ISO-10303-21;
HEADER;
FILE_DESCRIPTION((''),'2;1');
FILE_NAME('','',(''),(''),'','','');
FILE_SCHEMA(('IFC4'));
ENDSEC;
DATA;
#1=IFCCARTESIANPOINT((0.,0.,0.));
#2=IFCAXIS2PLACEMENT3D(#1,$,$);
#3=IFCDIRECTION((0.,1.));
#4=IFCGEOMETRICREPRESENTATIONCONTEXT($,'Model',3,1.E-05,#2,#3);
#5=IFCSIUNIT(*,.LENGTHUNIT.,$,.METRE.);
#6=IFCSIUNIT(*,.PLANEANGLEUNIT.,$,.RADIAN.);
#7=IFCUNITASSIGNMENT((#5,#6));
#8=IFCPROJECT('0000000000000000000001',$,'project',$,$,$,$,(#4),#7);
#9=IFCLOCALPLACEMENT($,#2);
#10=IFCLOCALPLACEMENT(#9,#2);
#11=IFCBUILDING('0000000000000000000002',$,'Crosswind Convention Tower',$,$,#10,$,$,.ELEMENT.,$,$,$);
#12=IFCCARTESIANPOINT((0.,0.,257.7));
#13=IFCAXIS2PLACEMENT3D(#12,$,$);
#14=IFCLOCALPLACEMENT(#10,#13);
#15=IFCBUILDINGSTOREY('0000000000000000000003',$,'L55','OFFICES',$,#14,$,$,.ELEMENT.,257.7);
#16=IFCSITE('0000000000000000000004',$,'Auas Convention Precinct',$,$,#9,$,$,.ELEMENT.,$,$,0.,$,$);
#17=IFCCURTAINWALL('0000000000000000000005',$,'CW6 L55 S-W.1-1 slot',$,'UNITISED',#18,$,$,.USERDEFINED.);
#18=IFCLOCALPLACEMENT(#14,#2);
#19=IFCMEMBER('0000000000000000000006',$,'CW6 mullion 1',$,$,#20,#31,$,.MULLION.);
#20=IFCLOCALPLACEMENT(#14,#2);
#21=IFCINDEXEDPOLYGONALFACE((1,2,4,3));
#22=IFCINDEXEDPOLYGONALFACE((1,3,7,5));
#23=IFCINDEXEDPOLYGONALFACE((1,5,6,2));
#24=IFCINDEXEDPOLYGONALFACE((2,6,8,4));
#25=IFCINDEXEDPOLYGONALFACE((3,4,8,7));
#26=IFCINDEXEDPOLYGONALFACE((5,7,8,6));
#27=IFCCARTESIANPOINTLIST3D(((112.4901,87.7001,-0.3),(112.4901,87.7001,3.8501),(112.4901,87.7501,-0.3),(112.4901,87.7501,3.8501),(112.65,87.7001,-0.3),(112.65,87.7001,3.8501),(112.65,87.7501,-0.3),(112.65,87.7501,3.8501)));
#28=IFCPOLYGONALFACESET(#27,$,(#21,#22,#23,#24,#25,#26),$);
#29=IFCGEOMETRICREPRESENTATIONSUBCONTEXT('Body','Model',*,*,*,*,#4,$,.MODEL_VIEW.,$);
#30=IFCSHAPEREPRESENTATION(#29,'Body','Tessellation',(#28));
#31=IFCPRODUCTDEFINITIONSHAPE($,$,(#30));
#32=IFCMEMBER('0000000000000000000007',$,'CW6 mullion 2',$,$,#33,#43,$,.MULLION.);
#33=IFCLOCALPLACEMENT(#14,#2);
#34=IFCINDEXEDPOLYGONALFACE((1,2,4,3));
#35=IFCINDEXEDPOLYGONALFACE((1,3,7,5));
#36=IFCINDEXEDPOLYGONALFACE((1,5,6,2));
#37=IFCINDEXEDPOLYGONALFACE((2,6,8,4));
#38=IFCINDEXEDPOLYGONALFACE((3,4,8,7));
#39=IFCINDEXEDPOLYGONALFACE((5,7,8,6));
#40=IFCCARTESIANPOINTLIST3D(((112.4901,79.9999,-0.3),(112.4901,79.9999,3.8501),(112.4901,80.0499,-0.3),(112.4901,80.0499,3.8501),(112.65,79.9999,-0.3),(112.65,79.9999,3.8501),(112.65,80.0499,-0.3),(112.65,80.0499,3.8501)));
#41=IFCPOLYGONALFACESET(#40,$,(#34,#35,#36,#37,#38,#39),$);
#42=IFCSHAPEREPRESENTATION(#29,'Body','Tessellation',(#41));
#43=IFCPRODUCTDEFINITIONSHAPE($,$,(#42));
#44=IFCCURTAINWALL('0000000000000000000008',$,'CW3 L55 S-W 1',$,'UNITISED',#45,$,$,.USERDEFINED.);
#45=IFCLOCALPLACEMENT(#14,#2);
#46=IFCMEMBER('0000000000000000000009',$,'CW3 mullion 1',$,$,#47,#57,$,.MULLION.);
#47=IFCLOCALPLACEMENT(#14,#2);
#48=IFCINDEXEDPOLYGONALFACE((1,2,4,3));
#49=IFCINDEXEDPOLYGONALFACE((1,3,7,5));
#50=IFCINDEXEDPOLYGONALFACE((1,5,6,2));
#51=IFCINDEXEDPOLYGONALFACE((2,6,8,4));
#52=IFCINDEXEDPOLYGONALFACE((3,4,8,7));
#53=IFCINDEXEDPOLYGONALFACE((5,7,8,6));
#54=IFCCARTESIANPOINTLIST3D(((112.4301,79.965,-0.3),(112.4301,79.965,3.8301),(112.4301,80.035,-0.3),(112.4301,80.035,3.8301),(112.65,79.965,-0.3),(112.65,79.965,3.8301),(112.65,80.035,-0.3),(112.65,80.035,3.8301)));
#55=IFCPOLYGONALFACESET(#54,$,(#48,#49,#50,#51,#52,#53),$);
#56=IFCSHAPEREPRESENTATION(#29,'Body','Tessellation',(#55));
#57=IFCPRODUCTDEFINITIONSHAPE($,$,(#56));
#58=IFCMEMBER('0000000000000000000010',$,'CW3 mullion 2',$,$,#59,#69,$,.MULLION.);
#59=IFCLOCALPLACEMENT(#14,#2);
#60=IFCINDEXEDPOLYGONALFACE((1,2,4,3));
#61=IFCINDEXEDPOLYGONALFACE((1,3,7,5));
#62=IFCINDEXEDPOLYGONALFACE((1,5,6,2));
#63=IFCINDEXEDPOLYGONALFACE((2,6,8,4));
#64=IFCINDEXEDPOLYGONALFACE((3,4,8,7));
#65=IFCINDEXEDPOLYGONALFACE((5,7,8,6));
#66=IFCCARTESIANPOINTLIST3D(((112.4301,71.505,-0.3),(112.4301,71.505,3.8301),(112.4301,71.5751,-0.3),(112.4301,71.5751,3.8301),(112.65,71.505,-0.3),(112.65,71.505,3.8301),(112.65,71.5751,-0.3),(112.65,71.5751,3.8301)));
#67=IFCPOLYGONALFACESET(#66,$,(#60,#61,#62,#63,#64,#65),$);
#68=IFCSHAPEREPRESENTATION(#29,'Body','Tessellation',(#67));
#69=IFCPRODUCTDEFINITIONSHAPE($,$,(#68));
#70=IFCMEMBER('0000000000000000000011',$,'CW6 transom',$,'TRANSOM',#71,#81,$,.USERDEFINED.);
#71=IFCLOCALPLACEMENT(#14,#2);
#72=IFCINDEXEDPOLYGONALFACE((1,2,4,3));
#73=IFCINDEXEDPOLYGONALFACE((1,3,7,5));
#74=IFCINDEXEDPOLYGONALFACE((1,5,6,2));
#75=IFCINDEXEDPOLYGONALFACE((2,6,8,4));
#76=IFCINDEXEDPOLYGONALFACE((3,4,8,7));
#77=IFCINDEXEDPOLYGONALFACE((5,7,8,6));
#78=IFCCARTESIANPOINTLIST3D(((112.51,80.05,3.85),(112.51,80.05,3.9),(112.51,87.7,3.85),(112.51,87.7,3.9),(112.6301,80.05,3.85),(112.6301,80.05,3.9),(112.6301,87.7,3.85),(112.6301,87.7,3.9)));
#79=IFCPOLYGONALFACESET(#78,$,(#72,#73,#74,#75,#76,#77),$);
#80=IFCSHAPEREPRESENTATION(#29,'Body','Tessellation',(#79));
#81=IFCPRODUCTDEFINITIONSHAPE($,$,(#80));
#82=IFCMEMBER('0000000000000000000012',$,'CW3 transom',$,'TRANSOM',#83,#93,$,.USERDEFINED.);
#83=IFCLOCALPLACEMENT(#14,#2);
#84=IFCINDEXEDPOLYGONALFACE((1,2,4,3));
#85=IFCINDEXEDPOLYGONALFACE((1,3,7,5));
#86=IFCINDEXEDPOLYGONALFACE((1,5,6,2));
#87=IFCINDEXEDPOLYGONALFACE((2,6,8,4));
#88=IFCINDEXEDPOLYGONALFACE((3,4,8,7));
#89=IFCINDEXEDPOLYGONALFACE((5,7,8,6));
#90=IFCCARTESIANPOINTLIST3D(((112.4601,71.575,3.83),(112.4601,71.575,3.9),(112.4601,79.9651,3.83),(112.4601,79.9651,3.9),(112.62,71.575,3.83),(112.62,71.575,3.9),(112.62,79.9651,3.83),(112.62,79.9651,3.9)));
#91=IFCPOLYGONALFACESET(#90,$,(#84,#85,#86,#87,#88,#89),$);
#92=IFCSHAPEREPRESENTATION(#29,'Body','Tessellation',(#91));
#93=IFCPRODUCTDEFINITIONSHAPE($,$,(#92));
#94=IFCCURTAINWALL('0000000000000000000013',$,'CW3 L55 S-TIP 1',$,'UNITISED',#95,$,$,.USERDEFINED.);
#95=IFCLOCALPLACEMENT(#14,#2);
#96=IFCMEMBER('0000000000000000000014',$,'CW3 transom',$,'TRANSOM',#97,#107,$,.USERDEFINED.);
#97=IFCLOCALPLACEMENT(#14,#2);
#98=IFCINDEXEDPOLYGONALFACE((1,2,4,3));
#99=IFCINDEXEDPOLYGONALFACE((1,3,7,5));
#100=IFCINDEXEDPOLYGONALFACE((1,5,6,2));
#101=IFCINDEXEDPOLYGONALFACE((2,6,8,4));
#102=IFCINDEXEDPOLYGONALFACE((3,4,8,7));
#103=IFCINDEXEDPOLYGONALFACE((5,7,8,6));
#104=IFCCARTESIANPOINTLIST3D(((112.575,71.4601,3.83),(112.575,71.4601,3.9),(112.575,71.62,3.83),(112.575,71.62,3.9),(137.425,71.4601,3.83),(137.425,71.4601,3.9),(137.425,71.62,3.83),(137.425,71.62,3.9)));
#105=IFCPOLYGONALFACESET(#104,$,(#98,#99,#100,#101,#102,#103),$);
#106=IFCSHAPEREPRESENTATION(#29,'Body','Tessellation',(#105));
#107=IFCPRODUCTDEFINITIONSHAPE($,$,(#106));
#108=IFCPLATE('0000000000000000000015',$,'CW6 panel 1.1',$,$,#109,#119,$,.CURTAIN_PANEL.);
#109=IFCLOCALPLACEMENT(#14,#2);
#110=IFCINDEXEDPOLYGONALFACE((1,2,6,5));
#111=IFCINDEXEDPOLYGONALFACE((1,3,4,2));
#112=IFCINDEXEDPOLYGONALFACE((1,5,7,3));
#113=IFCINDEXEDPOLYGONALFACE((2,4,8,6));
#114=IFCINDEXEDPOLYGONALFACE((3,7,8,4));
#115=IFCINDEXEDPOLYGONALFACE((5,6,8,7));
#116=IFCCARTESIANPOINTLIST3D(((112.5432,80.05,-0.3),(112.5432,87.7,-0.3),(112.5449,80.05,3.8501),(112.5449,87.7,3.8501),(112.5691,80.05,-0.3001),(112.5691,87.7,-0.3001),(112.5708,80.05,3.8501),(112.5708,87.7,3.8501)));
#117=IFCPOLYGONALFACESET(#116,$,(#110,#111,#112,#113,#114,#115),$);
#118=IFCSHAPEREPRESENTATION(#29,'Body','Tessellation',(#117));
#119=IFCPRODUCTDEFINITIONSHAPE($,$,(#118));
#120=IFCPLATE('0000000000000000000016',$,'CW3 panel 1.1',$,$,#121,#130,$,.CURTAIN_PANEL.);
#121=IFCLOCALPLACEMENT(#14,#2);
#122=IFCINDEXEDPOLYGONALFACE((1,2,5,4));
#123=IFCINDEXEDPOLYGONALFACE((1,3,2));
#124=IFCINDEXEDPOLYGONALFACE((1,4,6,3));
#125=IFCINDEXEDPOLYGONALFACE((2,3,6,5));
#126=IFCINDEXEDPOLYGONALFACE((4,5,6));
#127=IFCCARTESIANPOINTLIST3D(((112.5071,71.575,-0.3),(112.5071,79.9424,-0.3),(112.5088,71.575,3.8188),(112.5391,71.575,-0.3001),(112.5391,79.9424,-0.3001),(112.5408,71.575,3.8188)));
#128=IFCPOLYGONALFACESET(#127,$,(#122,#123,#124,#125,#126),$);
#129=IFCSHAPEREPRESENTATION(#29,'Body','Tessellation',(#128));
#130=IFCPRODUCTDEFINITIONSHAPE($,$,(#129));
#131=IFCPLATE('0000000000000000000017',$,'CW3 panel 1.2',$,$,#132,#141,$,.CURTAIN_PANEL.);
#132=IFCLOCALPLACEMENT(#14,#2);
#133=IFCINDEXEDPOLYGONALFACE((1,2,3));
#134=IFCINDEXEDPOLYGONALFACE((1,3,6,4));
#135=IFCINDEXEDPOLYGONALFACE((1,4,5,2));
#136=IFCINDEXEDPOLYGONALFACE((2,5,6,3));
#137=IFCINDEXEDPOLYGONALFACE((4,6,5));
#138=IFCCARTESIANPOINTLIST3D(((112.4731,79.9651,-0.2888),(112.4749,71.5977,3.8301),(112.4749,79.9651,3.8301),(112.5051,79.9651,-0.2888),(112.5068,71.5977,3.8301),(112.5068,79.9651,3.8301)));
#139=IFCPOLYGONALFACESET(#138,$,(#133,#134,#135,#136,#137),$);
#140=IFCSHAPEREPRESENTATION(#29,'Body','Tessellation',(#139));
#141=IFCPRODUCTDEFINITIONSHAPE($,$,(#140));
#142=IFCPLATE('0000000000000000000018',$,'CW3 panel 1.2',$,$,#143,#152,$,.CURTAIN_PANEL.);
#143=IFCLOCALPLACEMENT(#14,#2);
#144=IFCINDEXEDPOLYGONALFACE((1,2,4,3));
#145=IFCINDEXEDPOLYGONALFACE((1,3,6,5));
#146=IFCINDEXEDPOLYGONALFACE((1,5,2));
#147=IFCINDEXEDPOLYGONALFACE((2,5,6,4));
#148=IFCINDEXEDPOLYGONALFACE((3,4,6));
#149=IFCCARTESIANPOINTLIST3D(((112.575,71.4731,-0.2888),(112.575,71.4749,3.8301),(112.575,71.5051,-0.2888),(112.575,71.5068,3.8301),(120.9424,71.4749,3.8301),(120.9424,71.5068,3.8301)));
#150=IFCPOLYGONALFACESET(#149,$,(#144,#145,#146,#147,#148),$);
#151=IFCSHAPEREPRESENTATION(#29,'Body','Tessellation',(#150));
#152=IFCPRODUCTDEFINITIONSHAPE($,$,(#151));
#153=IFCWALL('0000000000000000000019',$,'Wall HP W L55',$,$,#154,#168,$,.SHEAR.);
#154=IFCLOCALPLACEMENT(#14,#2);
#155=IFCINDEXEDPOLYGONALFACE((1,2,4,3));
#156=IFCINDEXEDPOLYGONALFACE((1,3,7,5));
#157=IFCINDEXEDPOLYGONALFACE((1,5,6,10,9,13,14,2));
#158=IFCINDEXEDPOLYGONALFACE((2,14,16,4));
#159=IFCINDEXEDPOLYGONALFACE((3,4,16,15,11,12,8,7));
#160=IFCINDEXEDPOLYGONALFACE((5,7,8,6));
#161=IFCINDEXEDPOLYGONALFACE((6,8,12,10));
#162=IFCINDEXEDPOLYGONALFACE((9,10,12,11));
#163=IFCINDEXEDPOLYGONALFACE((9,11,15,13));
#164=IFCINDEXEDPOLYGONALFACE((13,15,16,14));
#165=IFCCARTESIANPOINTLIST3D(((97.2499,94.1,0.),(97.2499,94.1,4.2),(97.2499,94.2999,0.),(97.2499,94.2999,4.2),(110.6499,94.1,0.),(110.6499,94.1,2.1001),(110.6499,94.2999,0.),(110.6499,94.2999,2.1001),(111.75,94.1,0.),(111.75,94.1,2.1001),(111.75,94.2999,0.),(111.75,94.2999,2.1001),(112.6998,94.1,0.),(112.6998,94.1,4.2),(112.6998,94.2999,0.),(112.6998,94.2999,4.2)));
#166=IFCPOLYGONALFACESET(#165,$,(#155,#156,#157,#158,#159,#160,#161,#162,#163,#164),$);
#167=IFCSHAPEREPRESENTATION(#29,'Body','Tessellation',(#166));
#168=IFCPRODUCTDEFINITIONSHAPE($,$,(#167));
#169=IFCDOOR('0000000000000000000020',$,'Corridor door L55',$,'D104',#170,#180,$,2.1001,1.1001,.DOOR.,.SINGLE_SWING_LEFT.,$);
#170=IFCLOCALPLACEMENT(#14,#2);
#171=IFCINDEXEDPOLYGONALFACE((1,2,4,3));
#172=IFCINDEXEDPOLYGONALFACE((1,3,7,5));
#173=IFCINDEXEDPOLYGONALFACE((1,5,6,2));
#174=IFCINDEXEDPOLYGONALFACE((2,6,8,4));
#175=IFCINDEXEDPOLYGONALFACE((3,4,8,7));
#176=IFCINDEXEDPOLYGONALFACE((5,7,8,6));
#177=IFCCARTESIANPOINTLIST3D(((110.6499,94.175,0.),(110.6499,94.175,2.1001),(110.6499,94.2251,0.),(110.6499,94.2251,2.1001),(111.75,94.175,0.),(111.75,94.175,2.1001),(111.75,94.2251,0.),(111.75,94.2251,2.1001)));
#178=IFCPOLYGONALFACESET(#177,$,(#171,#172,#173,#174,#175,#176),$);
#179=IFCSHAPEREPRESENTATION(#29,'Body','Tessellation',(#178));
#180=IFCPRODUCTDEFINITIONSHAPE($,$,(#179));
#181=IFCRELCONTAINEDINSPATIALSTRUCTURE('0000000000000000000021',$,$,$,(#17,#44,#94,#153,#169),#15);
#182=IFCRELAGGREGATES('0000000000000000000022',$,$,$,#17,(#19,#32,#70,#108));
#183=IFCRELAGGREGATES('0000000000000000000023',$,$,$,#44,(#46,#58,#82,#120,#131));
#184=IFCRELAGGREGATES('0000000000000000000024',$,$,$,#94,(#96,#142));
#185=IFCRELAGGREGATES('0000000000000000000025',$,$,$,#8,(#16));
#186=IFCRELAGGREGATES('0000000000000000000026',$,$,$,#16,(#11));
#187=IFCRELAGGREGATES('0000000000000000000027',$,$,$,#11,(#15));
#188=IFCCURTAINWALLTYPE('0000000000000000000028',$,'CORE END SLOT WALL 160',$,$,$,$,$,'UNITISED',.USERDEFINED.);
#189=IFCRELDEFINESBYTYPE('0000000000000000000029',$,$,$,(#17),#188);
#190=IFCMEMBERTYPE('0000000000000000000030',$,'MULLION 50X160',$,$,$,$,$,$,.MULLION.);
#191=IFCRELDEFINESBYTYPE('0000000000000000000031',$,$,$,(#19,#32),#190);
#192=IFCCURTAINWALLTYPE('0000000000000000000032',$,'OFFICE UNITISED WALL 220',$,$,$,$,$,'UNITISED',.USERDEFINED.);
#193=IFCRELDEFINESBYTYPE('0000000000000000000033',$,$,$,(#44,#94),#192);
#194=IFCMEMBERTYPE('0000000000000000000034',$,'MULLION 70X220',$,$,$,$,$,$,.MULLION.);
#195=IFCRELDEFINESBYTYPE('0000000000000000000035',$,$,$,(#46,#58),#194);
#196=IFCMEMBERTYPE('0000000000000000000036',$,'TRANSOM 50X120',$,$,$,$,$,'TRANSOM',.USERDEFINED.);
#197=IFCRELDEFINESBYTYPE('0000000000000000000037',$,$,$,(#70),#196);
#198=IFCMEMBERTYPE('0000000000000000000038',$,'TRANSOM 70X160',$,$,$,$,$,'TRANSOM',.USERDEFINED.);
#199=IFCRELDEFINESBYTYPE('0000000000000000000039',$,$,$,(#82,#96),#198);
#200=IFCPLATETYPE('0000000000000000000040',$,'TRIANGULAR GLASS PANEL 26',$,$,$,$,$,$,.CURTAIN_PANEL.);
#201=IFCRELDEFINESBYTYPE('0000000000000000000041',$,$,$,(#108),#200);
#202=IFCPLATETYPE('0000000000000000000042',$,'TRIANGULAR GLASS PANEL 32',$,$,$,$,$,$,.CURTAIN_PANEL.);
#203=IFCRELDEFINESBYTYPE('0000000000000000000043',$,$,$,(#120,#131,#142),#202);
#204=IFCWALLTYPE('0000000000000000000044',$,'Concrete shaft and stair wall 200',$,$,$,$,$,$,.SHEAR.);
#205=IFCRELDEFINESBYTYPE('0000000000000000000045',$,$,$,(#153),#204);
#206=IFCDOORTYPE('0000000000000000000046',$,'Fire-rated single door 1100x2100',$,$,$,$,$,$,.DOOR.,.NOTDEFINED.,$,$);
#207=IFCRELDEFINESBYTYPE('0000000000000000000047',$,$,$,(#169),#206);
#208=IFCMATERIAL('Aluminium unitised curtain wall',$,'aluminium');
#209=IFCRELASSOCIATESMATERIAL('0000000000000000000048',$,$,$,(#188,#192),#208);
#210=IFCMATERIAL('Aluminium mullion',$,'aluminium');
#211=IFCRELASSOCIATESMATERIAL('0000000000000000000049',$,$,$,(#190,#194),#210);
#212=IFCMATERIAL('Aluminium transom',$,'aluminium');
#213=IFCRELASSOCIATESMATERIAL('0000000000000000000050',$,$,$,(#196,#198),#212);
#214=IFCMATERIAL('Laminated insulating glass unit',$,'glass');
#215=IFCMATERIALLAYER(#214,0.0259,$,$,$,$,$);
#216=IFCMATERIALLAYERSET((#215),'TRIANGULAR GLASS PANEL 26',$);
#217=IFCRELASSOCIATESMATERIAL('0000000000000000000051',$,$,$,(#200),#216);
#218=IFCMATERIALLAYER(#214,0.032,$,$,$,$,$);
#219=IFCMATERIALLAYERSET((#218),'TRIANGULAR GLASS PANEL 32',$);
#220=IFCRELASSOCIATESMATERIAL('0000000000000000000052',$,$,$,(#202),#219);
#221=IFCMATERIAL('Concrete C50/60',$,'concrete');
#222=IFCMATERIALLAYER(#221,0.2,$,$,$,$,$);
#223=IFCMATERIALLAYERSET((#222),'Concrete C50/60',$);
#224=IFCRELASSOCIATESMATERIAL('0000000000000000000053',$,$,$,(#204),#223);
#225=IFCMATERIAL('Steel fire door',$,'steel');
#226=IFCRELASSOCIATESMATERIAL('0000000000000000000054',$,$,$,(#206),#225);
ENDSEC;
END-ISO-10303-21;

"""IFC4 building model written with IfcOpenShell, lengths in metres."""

from ifc_helpers import new_model, si_unit, direction, frame, frame_2d, origin, origin_2d, place, context, subcontext, project, spatial, polyline, rectangle, outline, extrude, material, layer, layer_set, material_profile, profile_set, type_object, element, fill, aggregate, save


model = new_model("IFC4")

# Units and contexts
model_context = context("Model", 3, precision=1e-05, world=origin(), true_north=direction((0.0, 1.0)))
body_context = subcontext(model_context, "Body", "Model", "MODEL_VIEW")
ifc_project = project(units=[si_unit("LENGTHUNIT", "METRE"), si_unit("PLANEANGLEUNIT", "RADIAN")], contexts=[model_context])

# Site, building, storey
site_placement = place(None, origin())
site = spatial("IfcSite", under=ifc_project, at=site_placement, Name="Auas Convention Precinct", CompositionType="ELEMENT", RefElevation=0.0)
building_placement = place(site_placement, origin())
building = spatial("IfcBuilding", under=site, at=building_placement, Name="Crosswind Convention Tower", CompositionType="ELEMENT")
storey_placement = place(building_placement, frame((0.0, 0.0, 257.7)))
storey = spatial("IfcBuildingStorey", under=building, at=storey_placement, Name="L55", Description="OFFICES", CompositionType="ELEMENT", Elevation=257.7)

# Curtain walls, members
ifc_material_1 = material(Name="Aluminium unitised curtain wall", Category="aluminium")
curtain_wall_type_1 = type_object("IfcCurtainWallType", Name="CORE END SLOT WALL 160", ElementType="UNITISED", PredefinedType="USERDEFINED", material=ifc_material_1)
curtain_wall_1_placement = place(storey_placement, origin())
curtain_wall_1 = element("IfcCurtainWall", 1, at=curtain_wall_1_placement, inside=storey, type_object=curtain_wall_type_1, Name="CW6 L55 S-W.1-1 slot", ObjectType="UNITISED", PredefinedType="USERDEFINED")
ifc_material_2 = material(Name="Aluminium mullion", Category="aluminium")
ifc_material_profile_1 = material_profile(ifc_material_2, rectangle(XDim=0.1599, YDim=0.05, at=origin_2d()), Name="AL 160X50")
ifc_profile_set_1 = profile_set([ifc_material_profile_1], Name="Aluminium mullion")
member_type_1 = type_object("IfcMemberType", Name="MULLION 50X160", PredefinedType="MULLION", material=ifc_profile_set_1)
member_1_placement = place(storey_placement, frame((112.5701, 87.7251, -0.3), z_axis=(0.0, 0.0, 1.0), x_axis=(-1.0, 0.0, 0.0)))
member_1 = element("IfcMember", 2, at=member_1_placement, type_object=member_type_1, Name="CW6 mullion 1", PredefinedType="MULLION", context=body_context, shape_type="SweptSolid", body=[
    extrude(rectangle(XDim=0.1599, YDim=0.05, at=origin_2d()), origin(), (0.0, 0.0, 1.0), 4.1501),
])
member_2_placement = place(storey_placement, frame((112.5701, 80.0249, -0.3), z_axis=(0.0, 0.0, 1.0), x_axis=(-1.0, 0.0, 0.0)))
member_2 = element("IfcMember", 3, at=member_2_placement, type_object=member_type_1, Name="CW6 mullion 2", PredefinedType="MULLION", context=body_context, shape_type="SweptSolid", body=[
    extrude(rectangle(XDim=0.1599, YDim=0.05, at=origin_2d()), origin(), (0.0, 0.0, 1.0), 4.1501),
])
curtain_wall_type_2 = type_object("IfcCurtainWallType", Name="OFFICE UNITISED WALL 220", ElementType="UNITISED", PredefinedType="USERDEFINED", material=ifc_material_1)
curtain_wall_2_placement = place(storey_placement, origin())
curtain_wall_2 = element("IfcCurtainWall", 4, at=curtain_wall_2_placement, inside=storey, type_object=curtain_wall_type_2, Name="CW3 L55 S-W 1", ObjectType="UNITISED", PredefinedType="USERDEFINED")
ifc_material_profile_2 = material_profile(ifc_material_2, rectangle(XDim=0.22, YDim=0.0701, at=origin_2d()), Name="AL 220X70")
ifc_profile_set_2 = profile_set([ifc_material_profile_2], Name="Aluminium mullion")
member_type_2 = type_object("IfcMemberType", Name="MULLION 70X220", PredefinedType="MULLION", material=ifc_profile_set_2)
member_3_placement = place(storey_placement, frame((112.54, 80.0, -0.3), z_axis=(0.0, 0.0, 1.0), x_axis=(-1.0, 0.0, 0.0)))
member_3 = element("IfcMember", 5, at=member_3_placement, type_object=member_type_2, Name="CW3 mullion 1", PredefinedType="MULLION", context=body_context, shape_type="SweptSolid", body=[
    extrude(rectangle(XDim=0.22, YDim=0.0701, at=origin_2d()), origin(), (0.0, 0.0, 1.0), 4.1301),
])
member_4_placement = place(storey_placement, frame((112.54, 71.54, -0.3), z_axis=(0.0, 0.0, 1.0), x_axis=(-1.0, 0.0, 0.0)))
member_4 = element("IfcMember", 6, at=member_4_placement, type_object=member_type_2, Name="CW3 mullion 2", PredefinedType="MULLION", context=body_context, shape_type="SweptSolid", body=[
    extrude(rectangle(XDim=0.22, YDim=0.0701, at=origin_2d()), origin(), (0.0, 0.0, 1.0), 4.1301),
])

# Members
ifc_material_3 = material(Name="Aluminium transom", Category="aluminium")
ifc_material_profile_3 = material_profile(ifc_material_3, rectangle(XDim=0.1201, YDim=0.05, at=origin_2d()), Name="AL 120X50")
ifc_profile_set_3 = profile_set([ifc_material_profile_3], Name="Aluminium transom")
member_type_3 = type_object("IfcMemberType", Name="TRANSOM 50X120", ElementType="TRANSOM", PredefinedType="USERDEFINED", material=ifc_profile_set_3)
member_5_placement = place(storey_placement, frame((112.5701, 87.7, 3.875), z_axis=(0.0, -1.0, 0.0), x_axis=(1.0, 0.0, 0.0)))
member_5 = element("IfcMember", 7, at=member_5_placement, type_object=member_type_3, Name="CW6 transom", ObjectType="TRANSOM", PredefinedType="USERDEFINED", context=body_context, shape_type="SweptSolid", body=[
    extrude(rectangle(XDim=0.1201, YDim=0.05, at=origin_2d()), origin(), (0.0, 0.0, 1.0), 7.6499),
])
ifc_material_profile_4 = material_profile(ifc_material_3, rectangle(XDim=0.1599, YDim=0.0701, at=origin_2d()), Name="AL 160X70")
ifc_profile_set_4 = profile_set([ifc_material_profile_4], Name="Aluminium transom")
member_type_4 = type_object("IfcMemberType", Name="TRANSOM 70X160", ElementType="TRANSOM", PredefinedType="USERDEFINED", material=ifc_profile_set_4)
member_6_placement = place(storey_placement, frame((112.54, 79.9651, 3.865), z_axis=(0.0, -1.0, 0.0), x_axis=(1.0, 0.0, 0.0)))
member_6 = element("IfcMember", 8, at=member_6_placement, type_object=member_type_4, Name="CW3 transom", ObjectType="TRANSOM", PredefinedType="USERDEFINED", context=body_context, shape_type="SweptSolid", body=[
    extrude(rectangle(XDim=0.1599, YDim=0.0701, at=origin_2d()), origin(), (0.0, 0.0, 1.0), 8.3901),
])

# Curtain wall, member
curtain_wall_3_placement = place(storey_placement, origin())
curtain_wall_3 = element("IfcCurtainWall", 9, at=curtain_wall_3_placement, inside=storey, type_object=curtain_wall_type_2, Name="CW3 L55 S-TIP 1", ObjectType="UNITISED", PredefinedType="USERDEFINED")
member_7_placement = place(storey_placement, frame((112.575, 71.54, 3.865), z_axis=(1.0, 0.0, 0.0), x_axis=(0.0, 1.0, 0.0)))
member_7 = element("IfcMember", 10, at=member_7_placement, type_object=member_type_4, Name="CW3 transom", ObjectType="TRANSOM", PredefinedType="USERDEFINED", context=body_context, shape_type="SweptSolid", body=[
    extrude(rectangle(XDim=0.1599, YDim=0.0701, at=origin_2d()), origin(), (0.0, 0.0, 1.0), 24.8501),
])

# Plates
ifc_material_4 = material(Name="Laminated insulating glass unit", Category="glass")
ifc_layer_1 = layer(ifc_material_4, 0.0259)
ifc_layer_set_1 = layer_set([ifc_layer_1], Name="TRIANGULAR GLASS PANEL 26")
plate_type_1 = type_object("IfcPlateType", Name="TRIANGULAR GLASS PANEL 26", PredefinedType="CURTAIN_PANEL", material=ifc_layer_set_1)
plate_1_placement = place(storey_placement, frame((112.5432, 87.7, -0.3), z_axis=(-1.0, 0.0, 0.000412), x_axis=(0.0, -1.0, 0.0)))
plate_1 = element("IfcPlate", 11, at=plate_1_placement, type_object=plate_type_1, Name="CW6 panel 1.1", PredefinedType="CURTAIN_PANEL", context=body_context, shape_type="SweptSolid", body=[
    extrude(outline(polyline([(0.0, 0.0), (7.6499, 0.0), (7.6499, 4.1501), (0.0, 4.1501), (0.0, 0.0)])), origin(), (0.0, 0.0, -1.0), 0.0259),
])
aggregate(curtain_wall_1, [member_1, member_2, member_5, plate_1])
ifc_layer_2 = layer(ifc_material_4, 0.032)
ifc_layer_set_2 = layer_set([ifc_layer_2], Name="TRIANGULAR GLASS PANEL 32")
plate_type_2 = type_object("IfcPlateType", Name="TRIANGULAR GLASS PANEL 32", PredefinedType="CURTAIN_PANEL", material=ifc_layer_set_2)
plate_2_placement = place(storey_placement, frame((112.5071, 71.575, -0.3), z_axis=(-1.0, 0.0, 0.000415), x_axis=(0.000415, 0.0, 1.0)))
plate_2 = element("IfcPlate", 12, at=plate_2_placement, type_object=plate_type_2, Name="CW3 panel 1.1", PredefinedType="CURTAIN_PANEL", context=body_context, shape_type="SweptSolid", body=[
    extrude(outline(polyline([(0.0, 0.0), (4.1189, 0.0), (0.0, 8.3674), (0.0, 0.0)])), origin(), (0.0, 0.0, -1.0), 0.032),
])
plate_3_placement = place(storey_placement, frame((112.4749, 79.9651, 3.8301), z_axis=(-1.0, 0.0, 0.000415), x_axis=(-0.000415, 0.0, -1.0)))
plate_3 = element("IfcPlate", 13, at=plate_3_placement, type_object=plate_type_2, Name="CW3 panel 1.2", PredefinedType="CURTAIN_PANEL", context=body_context, shape_type="SweptSolid", body=[
    extrude(outline(polyline([(0.0, 0.0), (4.1189, 0.0), (0.0, 8.3674), (0.0, 0.0)])), origin(), (0.0, 0.0, -1.0), 0.032),
])
plate_4_placement = place(storey_placement, frame((112.575, 71.4749, 3.8301), z_axis=(0.0, -1.0, 0.000415), x_axis=(0.0, -0.000415, -1.0)))
plate_4 = element("IfcPlate", 14, at=plate_4_placement, type_object=plate_type_2, Name="CW3 panel 1.2", PredefinedType="CURTAIN_PANEL", context=body_context, shape_type="SweptSolid", body=[
    extrude(outline(polyline([(0.0, 0.0), (4.1189, 0.0), (0.0, 8.3674), (0.0, 0.0)])), origin(), (0.0, 0.0, -1.0), 0.032),
])

# Wall, opening, door
ifc_material_5 = material(Name="Concrete C50/60", Category="concrete")
ifc_layer_3 = layer(ifc_material_5, 0.2)
ifc_layer_set_3 = layer_set([ifc_layer_3], Name="Concrete C50/60")
wall_type = type_object("IfcWallType", Name="Concrete shaft and stair wall 200", PredefinedType="SHEAR", material=ifc_layer_set_3)
wall_1_placement = place(storey_placement, frame((112.7, 94.2, 0.0), z_axis=(0.0, 0.0, 1.0), x_axis=(-1.0, 0.0, 0.0)))
wall_1 = element("IfcWall", 15, at=wall_1_placement, inside=storey, type_object=wall_type, Name="Wall HP W L55", PredefinedType="SHEAR", context=body_context, shape_type="SweptSolid", body=[
    extrude(rectangle(XDim=15.45, YDim=0.2, at=frame_2d((7.7251, 0.0))), origin(), (0.0, 0.0, 1.0), 4.2),
])
opening_1_placement = place(wall_1_placement, frame((0.95, 0.0, 0.0)))
opening_1 = element("IfcOpeningElement", 16, at=opening_1_placement, cuts=wall_1, PredefinedType="OPENING", context=body_context, shape_type="SweptSolid", body=[
    extrude(rectangle(XDim=1.1001, YDim=2.1001, at=frame_2d((0.55, 1.05))), frame((0.0, 0.1099, 0.0), z_axis=(0.0, -1.0, 0.0), x_axis=(1.0, 0.0, 0.0)), (0.0, 0.0, 1.0), 0.22),
])
ifc_material_6 = material(Name="Steel fire door", Category="steel")
door_type_1 = type_object("IfcDoorType", Name="Fire-rated single door 1100x2100", OperationType="NOTDEFINED", PredefinedType="DOOR", material=ifc_material_6)
door_1_placement = place(opening_1_placement, origin())
door_1 = element("IfcDoor", 17, at=door_1_placement, inside=storey, type_object=door_type_1, Name="Corridor door L55", ObjectType="D104", OperationType="SINGLE_SWING_LEFT", OverallHeight=2.1001, OverallWidth=1.1001, PredefinedType="DOOR", context=body_context, shape_type="SweptSolid", body=[
    extrude(rectangle(XDim=1.1001, YDim=2.1001, at=frame_2d((0.55, 1.05))), frame((0.0, 0.0249, 0.0), z_axis=(0.0, -1.0, 0.0), x_axis=(1.0, 0.0, 0.0)), (0.0, 0.0, 1.0), 0.05),
])
fill(opening_1, door_1)

aggregate(curtain_wall_2, [member_3, member_4, member_6, plate_2, plate_3])
aggregate(curtain_wall_3, [member_7, plate_4])

save(model, "model.ifc")
